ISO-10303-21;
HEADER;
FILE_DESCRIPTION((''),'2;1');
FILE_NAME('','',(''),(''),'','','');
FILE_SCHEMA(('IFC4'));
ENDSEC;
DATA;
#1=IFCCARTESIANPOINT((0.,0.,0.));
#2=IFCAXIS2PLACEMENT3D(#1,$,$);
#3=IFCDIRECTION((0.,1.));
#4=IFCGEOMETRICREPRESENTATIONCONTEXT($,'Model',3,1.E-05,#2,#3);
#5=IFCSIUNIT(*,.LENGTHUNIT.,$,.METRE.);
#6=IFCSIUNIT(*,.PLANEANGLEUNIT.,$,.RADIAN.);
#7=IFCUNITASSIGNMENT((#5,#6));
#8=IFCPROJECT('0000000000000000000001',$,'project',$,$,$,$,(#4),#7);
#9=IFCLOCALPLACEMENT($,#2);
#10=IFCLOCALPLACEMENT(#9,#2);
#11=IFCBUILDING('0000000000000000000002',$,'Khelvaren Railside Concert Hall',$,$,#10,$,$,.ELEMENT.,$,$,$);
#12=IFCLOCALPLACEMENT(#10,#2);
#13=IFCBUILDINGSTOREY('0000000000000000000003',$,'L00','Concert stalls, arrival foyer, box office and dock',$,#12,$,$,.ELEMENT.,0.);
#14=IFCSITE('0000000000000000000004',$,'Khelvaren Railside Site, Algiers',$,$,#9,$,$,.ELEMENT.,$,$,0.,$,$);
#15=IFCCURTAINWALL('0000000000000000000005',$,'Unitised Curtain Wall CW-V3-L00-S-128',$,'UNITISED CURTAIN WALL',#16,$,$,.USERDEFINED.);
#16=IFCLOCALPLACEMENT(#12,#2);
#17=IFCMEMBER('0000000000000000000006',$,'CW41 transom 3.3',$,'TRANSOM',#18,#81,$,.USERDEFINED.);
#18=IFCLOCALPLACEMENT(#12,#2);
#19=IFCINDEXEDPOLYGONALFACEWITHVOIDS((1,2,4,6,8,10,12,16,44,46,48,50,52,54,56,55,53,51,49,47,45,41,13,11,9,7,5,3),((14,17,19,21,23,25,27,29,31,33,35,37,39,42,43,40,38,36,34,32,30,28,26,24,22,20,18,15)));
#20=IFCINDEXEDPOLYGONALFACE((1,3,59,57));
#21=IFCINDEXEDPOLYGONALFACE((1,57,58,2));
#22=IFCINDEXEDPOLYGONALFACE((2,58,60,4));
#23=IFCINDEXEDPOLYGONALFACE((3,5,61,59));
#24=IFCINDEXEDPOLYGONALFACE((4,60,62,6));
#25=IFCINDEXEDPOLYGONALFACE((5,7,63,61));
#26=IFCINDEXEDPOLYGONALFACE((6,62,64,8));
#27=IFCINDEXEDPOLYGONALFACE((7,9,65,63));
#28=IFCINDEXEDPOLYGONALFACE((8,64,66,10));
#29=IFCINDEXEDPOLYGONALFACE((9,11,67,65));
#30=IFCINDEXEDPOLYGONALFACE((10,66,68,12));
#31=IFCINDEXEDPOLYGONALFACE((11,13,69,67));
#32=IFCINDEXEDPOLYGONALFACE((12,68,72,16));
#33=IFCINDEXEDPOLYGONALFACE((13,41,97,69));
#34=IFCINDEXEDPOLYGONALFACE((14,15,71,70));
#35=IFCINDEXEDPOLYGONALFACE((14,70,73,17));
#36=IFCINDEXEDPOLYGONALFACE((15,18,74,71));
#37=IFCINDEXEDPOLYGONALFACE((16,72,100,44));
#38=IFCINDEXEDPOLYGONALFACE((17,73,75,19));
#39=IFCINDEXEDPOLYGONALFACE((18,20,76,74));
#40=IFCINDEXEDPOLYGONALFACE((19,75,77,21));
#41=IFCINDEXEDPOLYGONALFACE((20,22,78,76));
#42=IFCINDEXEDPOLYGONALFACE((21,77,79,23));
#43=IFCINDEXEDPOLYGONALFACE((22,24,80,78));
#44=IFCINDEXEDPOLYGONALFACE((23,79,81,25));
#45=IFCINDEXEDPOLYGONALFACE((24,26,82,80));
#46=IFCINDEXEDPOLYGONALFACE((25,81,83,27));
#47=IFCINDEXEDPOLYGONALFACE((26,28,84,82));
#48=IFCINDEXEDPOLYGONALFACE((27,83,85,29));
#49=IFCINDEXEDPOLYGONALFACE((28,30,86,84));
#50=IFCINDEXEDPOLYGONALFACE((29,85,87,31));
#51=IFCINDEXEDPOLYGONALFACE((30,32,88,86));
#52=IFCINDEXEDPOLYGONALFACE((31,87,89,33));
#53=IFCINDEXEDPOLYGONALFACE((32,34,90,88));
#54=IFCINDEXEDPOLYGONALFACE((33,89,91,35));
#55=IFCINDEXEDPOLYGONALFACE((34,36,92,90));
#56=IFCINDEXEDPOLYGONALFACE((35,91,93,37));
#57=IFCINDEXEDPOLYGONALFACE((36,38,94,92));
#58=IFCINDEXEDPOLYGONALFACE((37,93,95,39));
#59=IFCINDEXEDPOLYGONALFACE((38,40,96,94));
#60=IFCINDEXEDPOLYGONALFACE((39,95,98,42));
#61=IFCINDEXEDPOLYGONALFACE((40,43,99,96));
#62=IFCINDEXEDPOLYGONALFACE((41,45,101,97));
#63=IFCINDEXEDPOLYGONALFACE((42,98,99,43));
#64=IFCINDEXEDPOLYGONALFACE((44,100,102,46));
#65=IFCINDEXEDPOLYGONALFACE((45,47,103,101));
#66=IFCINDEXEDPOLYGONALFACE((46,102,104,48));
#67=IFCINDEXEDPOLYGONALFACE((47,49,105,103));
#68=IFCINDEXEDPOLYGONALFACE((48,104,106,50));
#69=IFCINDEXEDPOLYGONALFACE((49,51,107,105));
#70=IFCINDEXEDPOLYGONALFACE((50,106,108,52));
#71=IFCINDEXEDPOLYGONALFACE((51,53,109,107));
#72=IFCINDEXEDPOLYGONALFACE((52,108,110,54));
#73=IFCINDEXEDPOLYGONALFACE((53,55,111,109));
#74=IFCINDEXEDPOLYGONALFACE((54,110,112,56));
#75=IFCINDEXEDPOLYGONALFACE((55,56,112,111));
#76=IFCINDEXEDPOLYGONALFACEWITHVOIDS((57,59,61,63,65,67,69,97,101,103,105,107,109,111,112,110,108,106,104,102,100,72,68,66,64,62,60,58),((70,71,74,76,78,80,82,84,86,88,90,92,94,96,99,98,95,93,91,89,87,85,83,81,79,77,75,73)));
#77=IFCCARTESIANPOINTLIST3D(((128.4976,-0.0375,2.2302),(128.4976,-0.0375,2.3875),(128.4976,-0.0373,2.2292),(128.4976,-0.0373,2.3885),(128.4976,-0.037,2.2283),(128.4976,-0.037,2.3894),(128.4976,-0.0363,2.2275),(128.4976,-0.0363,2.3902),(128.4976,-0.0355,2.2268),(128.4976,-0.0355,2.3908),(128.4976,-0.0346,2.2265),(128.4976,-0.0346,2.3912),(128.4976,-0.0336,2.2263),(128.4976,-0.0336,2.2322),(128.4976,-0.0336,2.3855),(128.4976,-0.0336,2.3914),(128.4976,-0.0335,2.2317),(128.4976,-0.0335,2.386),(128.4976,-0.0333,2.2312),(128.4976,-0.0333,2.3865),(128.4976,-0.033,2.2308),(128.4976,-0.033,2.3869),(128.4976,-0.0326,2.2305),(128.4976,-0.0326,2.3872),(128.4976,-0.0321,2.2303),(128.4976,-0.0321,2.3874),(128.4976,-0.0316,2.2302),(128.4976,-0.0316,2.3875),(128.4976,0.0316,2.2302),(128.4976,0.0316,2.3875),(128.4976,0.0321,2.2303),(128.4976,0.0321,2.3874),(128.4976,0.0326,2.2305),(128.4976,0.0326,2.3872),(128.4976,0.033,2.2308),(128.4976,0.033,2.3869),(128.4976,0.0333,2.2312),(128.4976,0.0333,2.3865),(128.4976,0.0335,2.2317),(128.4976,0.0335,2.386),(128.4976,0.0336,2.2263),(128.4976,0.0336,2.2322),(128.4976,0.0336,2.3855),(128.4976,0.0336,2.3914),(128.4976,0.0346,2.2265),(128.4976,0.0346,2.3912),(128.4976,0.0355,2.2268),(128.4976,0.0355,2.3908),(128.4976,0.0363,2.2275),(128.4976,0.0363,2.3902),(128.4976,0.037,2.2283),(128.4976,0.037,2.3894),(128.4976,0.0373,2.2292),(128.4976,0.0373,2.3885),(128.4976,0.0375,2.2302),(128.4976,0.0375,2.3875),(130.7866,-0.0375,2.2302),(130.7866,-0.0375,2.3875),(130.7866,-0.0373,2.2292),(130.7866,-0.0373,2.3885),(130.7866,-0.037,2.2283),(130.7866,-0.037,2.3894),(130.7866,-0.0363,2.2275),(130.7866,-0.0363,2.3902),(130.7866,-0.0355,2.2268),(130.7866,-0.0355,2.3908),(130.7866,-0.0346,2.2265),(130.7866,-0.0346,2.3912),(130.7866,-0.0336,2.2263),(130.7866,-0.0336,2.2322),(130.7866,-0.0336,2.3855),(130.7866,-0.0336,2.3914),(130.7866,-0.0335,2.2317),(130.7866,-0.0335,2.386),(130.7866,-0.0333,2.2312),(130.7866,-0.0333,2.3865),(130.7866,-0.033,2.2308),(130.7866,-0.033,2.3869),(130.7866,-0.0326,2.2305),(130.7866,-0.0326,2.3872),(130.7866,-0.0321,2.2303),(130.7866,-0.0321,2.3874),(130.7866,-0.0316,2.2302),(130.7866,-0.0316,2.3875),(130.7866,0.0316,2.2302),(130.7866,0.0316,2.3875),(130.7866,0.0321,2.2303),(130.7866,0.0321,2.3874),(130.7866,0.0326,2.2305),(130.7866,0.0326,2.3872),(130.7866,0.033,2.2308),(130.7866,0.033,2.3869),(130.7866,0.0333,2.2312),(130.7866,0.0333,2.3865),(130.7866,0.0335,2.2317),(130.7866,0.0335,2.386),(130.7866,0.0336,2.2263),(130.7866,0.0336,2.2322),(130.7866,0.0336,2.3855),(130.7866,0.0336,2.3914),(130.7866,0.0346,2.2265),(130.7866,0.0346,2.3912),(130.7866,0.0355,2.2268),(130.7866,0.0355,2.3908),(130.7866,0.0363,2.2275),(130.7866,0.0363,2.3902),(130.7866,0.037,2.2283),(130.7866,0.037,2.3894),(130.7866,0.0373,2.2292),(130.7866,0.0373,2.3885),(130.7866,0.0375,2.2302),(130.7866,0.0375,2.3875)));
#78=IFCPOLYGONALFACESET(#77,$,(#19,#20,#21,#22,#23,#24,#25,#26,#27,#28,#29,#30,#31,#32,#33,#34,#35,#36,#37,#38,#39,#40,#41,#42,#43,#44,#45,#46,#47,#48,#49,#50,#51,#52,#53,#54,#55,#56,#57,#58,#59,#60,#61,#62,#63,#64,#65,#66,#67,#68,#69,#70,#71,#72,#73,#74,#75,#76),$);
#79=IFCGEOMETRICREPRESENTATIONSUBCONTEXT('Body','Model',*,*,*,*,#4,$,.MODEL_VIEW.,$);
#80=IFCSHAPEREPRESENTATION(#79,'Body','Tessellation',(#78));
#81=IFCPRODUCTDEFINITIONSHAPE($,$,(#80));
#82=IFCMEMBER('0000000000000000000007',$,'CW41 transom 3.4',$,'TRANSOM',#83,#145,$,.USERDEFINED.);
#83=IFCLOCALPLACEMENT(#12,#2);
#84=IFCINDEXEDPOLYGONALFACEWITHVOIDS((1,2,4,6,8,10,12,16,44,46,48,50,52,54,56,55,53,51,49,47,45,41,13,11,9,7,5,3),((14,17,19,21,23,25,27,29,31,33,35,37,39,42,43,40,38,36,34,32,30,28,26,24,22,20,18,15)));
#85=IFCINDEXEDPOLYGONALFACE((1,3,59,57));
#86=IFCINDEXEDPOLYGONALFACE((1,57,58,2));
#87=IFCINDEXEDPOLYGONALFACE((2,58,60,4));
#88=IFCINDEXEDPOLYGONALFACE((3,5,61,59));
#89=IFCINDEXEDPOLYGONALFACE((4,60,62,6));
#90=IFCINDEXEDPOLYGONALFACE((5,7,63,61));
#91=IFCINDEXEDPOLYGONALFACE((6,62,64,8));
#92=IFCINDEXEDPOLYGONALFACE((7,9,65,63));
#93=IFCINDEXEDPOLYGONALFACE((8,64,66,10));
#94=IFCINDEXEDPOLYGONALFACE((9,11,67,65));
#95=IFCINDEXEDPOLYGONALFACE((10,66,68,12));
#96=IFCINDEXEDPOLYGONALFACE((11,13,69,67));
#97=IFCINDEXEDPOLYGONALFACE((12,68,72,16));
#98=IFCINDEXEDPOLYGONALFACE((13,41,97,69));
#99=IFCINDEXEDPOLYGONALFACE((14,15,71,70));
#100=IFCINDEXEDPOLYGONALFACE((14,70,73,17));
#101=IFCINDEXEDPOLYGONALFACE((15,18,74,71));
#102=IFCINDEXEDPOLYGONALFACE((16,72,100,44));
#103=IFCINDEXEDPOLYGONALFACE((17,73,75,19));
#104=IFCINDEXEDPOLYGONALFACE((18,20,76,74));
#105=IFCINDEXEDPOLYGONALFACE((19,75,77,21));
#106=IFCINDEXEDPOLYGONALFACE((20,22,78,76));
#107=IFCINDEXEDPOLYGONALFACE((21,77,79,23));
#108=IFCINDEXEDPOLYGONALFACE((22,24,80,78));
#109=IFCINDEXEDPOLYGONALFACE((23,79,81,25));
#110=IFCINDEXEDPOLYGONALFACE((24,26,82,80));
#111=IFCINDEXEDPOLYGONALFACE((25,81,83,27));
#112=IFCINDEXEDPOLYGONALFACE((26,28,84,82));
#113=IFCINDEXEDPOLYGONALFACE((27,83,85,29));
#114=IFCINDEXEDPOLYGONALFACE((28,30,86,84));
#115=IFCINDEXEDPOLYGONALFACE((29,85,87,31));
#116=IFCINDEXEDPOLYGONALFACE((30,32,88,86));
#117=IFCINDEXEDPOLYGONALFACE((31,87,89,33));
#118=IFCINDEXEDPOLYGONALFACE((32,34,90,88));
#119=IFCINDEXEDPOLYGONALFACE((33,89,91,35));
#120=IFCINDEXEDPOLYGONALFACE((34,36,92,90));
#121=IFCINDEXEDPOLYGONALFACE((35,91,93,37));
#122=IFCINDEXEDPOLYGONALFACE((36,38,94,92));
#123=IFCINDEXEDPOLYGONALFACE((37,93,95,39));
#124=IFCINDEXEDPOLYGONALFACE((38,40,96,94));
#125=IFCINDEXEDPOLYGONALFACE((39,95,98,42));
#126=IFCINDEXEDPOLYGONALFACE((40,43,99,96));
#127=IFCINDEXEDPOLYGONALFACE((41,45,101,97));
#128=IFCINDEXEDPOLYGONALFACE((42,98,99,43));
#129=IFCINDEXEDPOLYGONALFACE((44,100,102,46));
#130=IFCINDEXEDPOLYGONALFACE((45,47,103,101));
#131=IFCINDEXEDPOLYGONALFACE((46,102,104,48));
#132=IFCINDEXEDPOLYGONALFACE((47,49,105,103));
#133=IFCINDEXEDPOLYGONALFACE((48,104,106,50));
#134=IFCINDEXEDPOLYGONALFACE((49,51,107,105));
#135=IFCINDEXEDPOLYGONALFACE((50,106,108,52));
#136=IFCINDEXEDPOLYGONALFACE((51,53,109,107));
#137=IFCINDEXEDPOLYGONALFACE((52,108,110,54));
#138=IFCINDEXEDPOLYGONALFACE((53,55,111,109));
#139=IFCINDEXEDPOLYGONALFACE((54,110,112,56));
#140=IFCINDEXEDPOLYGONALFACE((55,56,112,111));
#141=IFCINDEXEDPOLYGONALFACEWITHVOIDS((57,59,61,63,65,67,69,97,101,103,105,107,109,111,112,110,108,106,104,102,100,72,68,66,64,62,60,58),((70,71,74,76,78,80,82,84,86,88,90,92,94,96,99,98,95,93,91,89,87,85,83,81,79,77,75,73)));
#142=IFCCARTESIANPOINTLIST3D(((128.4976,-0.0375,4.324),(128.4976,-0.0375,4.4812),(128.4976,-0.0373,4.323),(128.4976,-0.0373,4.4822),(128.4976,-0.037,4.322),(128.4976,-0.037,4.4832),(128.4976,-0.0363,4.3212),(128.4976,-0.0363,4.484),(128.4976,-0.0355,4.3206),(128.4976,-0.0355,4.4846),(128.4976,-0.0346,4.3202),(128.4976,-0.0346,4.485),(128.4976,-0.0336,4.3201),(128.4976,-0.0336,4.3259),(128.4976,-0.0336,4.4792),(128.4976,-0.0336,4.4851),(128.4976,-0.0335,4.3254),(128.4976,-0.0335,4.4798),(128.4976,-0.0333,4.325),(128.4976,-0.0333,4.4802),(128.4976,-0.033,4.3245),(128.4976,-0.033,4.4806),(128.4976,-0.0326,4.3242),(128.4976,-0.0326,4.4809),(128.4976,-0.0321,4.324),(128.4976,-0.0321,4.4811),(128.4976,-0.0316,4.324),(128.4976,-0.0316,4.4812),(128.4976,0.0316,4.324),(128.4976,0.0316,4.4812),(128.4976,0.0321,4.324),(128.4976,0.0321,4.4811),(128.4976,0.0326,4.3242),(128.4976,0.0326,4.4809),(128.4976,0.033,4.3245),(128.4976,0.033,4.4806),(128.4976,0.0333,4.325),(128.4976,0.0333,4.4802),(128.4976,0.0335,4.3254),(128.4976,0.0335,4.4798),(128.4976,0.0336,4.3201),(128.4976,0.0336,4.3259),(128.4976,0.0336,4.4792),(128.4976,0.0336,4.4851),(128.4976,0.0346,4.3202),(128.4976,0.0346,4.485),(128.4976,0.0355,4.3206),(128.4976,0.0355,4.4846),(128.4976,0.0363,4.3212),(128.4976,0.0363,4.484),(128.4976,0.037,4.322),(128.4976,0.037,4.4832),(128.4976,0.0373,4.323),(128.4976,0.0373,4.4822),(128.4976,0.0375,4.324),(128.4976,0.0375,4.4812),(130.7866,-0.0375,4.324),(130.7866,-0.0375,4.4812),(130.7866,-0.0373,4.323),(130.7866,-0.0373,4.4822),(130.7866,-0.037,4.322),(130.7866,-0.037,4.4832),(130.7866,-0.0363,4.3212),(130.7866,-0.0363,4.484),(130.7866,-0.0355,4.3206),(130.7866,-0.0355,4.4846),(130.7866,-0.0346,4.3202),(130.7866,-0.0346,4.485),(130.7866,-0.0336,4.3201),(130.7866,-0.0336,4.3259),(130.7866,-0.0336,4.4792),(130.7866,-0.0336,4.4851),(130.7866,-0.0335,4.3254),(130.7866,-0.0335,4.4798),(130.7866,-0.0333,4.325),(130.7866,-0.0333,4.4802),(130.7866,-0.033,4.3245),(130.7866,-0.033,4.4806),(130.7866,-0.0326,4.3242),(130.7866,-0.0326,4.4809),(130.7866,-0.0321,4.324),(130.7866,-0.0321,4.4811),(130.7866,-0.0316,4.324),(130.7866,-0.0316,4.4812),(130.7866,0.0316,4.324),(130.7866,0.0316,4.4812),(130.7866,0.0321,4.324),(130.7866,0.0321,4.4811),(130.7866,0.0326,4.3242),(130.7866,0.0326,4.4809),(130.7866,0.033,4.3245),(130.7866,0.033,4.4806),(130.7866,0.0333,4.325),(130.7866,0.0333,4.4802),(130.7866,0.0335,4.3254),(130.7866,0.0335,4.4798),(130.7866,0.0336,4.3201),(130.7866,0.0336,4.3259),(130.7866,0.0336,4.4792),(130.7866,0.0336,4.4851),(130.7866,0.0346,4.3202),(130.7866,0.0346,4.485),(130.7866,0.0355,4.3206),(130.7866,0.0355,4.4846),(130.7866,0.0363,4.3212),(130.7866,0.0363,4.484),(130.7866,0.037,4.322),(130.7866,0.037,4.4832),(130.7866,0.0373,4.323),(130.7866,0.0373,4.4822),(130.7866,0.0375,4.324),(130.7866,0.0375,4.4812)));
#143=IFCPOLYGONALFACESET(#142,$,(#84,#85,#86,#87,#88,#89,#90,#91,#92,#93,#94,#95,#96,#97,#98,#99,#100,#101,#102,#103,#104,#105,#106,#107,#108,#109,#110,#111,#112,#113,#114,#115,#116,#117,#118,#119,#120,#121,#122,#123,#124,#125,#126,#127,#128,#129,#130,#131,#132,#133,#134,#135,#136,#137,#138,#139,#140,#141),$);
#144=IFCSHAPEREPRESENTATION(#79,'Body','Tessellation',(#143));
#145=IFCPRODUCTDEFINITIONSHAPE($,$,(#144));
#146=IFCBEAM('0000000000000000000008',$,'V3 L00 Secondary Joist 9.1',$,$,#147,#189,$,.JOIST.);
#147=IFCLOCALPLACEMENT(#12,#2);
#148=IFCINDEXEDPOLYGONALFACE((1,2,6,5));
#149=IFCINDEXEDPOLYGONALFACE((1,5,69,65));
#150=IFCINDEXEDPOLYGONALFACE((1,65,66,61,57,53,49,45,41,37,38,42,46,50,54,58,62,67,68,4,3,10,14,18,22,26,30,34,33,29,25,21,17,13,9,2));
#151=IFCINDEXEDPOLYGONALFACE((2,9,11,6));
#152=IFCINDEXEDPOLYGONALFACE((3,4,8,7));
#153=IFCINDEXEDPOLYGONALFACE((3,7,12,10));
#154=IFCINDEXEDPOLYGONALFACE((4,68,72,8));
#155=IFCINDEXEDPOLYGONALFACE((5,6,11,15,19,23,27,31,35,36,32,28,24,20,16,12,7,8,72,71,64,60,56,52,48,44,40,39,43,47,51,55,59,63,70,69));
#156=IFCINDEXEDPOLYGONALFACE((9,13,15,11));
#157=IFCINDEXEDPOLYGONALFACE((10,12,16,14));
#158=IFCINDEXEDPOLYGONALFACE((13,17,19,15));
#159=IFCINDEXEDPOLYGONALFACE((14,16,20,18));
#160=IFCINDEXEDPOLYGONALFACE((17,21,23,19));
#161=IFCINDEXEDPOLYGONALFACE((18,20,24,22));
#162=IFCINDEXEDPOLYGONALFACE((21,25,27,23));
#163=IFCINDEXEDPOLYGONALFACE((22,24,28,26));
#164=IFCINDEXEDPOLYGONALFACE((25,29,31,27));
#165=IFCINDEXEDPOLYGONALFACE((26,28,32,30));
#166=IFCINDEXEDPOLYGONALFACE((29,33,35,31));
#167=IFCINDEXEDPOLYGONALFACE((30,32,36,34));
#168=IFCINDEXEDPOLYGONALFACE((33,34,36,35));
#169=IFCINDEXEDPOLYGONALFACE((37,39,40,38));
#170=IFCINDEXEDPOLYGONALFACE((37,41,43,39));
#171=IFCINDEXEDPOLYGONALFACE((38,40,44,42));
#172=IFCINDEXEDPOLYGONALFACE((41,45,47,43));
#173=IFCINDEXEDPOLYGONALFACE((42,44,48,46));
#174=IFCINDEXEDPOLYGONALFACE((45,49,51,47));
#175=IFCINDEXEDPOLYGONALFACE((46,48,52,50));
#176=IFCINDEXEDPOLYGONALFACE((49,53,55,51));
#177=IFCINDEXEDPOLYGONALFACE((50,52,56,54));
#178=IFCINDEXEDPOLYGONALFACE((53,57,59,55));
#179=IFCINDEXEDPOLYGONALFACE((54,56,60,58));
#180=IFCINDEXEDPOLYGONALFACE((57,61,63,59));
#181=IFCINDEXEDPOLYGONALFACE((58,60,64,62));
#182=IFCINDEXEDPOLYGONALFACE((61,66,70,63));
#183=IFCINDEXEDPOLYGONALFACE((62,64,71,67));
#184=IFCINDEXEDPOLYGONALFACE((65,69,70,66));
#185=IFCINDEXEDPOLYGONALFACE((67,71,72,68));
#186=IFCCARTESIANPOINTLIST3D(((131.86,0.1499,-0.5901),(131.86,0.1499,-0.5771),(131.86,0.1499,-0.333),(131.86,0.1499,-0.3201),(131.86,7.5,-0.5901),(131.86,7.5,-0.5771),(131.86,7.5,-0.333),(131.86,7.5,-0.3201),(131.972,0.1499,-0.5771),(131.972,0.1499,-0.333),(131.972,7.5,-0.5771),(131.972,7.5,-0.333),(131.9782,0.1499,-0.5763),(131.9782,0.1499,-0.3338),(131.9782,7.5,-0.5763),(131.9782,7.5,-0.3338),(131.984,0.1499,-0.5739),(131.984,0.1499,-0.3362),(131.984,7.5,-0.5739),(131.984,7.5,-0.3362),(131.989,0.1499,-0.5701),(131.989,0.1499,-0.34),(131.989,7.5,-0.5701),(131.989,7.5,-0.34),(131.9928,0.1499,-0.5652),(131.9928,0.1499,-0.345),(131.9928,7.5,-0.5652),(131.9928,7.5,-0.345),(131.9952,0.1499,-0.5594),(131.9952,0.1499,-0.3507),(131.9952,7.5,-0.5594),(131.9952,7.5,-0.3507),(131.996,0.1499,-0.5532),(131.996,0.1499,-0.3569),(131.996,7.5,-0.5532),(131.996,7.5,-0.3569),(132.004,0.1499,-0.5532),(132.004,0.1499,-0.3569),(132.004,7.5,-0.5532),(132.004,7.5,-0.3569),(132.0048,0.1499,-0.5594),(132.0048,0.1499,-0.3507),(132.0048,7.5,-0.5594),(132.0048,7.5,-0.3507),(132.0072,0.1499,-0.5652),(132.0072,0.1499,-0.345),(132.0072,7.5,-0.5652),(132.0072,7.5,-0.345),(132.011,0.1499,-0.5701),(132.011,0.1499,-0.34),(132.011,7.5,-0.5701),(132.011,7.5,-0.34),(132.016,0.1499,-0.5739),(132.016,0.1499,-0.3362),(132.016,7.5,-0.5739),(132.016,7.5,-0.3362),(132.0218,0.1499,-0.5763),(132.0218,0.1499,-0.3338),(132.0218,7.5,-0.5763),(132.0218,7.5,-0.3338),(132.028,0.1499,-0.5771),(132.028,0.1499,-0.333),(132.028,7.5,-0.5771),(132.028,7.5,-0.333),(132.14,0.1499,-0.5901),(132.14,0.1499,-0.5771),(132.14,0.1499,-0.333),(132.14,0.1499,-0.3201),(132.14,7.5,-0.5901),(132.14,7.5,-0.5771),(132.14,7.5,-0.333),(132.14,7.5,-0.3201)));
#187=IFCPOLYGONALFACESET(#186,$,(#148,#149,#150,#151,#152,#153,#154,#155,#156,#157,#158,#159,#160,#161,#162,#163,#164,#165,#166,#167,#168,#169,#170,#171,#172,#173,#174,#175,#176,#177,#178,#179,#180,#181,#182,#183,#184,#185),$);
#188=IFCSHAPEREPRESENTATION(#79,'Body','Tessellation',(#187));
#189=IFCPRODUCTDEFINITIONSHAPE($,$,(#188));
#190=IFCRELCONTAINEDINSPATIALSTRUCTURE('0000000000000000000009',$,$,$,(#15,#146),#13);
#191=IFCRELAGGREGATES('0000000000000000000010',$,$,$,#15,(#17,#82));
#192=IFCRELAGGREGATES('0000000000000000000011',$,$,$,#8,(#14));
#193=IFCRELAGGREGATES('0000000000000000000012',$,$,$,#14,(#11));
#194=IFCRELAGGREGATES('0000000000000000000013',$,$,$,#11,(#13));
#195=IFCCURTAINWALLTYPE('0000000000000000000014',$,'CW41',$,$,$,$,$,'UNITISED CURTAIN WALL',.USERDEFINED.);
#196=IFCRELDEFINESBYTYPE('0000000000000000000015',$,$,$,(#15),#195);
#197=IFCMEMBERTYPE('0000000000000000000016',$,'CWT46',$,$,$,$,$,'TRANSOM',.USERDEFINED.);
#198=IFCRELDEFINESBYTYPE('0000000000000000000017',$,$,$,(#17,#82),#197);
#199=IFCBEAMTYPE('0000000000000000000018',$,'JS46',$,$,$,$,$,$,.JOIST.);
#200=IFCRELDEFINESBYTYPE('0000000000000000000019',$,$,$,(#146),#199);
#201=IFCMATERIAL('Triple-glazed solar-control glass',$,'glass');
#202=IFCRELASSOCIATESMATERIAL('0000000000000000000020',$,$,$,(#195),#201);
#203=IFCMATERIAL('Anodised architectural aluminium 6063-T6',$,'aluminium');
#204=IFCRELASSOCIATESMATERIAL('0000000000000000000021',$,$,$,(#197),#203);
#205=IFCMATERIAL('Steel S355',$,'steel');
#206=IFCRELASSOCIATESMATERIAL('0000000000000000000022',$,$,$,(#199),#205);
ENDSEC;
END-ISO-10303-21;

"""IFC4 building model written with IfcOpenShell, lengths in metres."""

from ifc_helpers import new_model, si_unit, direction, frame, origin, origin_2d, place, context, subcontext, project, spatial, hollow_rectangle, i_section, extrude, material, material_profile, profile_set, type_object, element, aggregate, save


model = new_model("IFC4")

# Units and contexts
model_context = context("Model", 3, precision=1e-05, world=origin(), true_north=direction((0.0, 1.0)))
body_context = subcontext(model_context, "Body", "Model", "MODEL_VIEW")
ifc_project = project(units=[si_unit("LENGTHUNIT", "METRE"), si_unit("PLANEANGLEUNIT", "RADIAN")], contexts=[model_context])

# Site, building, storey
site_placement = place(None, origin())
site = spatial("IfcSite", under=ifc_project, at=site_placement, Name="Khelvaren Railside Site, Algiers", CompositionType="ELEMENT", RefElevation=0.0)
building_placement = place(site_placement, origin())
building = spatial("IfcBuilding", under=site, at=building_placement, Name="Khelvaren Railside Concert Hall", CompositionType="ELEMENT")
storey_placement = place(building_placement, origin())
storey = spatial("IfcBuildingStorey", under=building, at=storey_placement, Name="L00", Description="Concert stalls, arrival foyer, box office and dock", CompositionType="ELEMENT", Elevation=0.0)

# Shared definitions
ifc_material_1 = material(Name="Steel S355", Category="steel")

# Curtain wall, members
ifc_material_2 = material(Name="Triple-glazed solar-control glass", Category="glass")
curtain_wall_type = type_object("IfcCurtainWallType", Name="CW41", ElementType="UNITISED CURTAIN WALL", PredefinedType="USERDEFINED", material=ifc_material_2)
curtain_wall_placement = place(storey_placement, origin())
curtain_wall = element("IfcCurtainWall", 1, at=curtain_wall_placement, inside=storey, type_object=curtain_wall_type, Name="Unitised Curtain Wall CW-V3-L00-S-128", ObjectType="UNITISED CURTAIN WALL", PredefinedType="USERDEFINED")
ifc_material_3 = material(Name="Anodised architectural aluminium 6063-T6", Category="aluminium")
ifc_material_profile_1 = material_profile(ifc_material_3, hollow_rectangle(XDim=0.075, YDim=0.165, WallThickness=0.0039, InnerFilletRadius=0.002, OuterFilletRadius=0.0039, at=origin_2d()), Name="CWT 75x165x4")
ifc_profile_set_1 = profile_set([ifc_material_profile_1], Name="Anodised architectural aluminium 6063-T6")
member_type_1 = type_object("IfcMemberType", Name="CWT46", ElementType="TRANSOM", PredefinedType="USERDEFINED", material=ifc_profile_set_1)
member_1_placement = place(storey_placement, frame((130.7866, 0.0, 2.3088), z_axis=(-1.0, 0.0, 0.0), x_axis=(0.0, -1.0, 0.0)))
member_1 = element("IfcMember", 2, at=member_1_placement, type_object=member_type_1, Name="CW41 transom 3.3", ObjectType="TRANSOM", PredefinedType="USERDEFINED", context=body_context, shape_type="SweptSolid", body=[
    extrude(hollow_rectangle(XDim=0.075, YDim=0.165, WallThickness=0.0039, InnerFilletRadius=0.002, OuterFilletRadius=0.0039, at=origin_2d()), origin(), (0.0, 0.0, 1.0), 2.2891),
])
member_2_placement = place(storey_placement, frame((130.7866, 0.0, 4.4026), z_axis=(-1.0, 0.0, 0.0), x_axis=(0.0, -1.0, 0.0)))
member_2 = element("IfcMember", 3, at=member_2_placement, type_object=member_type_1, Name="CW41 transom 3.4", ObjectType="TRANSOM", PredefinedType="USERDEFINED", context=body_context, shape_type="SweptSolid", body=[
    extrude(hollow_rectangle(XDim=0.075, YDim=0.165, WallThickness=0.0039, InnerFilletRadius=0.002, OuterFilletRadius=0.0039, at=origin_2d()), origin(), (0.0, 0.0, 1.0), 2.2891),
])

# Beam
ifc_material_profile_2 = material_profile(ifc_material_1, i_section(OverallWidth=0.28, OverallDepth=0.27, WebThickness=0.0081, FlangeThickness=0.0129, FilletRadius=0.0239, at=origin_2d()), Name="HEA 280")
ifc_profile_set_2 = profile_set([ifc_material_profile_2], Name="Steel S355")
beam_type_1 = type_object("IfcBeamType", Name="JS46", PredefinedType="JOIST", material=ifc_profile_set_2)
beam_1_placement = place(storey_placement, frame((132.0, 0.1499, -0.4551), z_axis=(0.0, 1.0, 0.0), x_axis=(-1.0, 0.0, 0.0)))
element("IfcBeam", 4, at=beam_1_placement, inside=storey, type_object=beam_type_1, Name="V3 L00 Secondary Joist 9.1", PredefinedType="JOIST", context=body_context, shape_type="SweptSolid", body=[
    extrude(i_section(OverallWidth=0.28, OverallDepth=0.27, WebThickness=0.0081, FlangeThickness=0.0129, FilletRadius=0.0239, at=origin_2d()), origin(), (0.0, 0.0, 1.0), 7.3501),
])

aggregate(curtain_wall, [member_1, member_2])

save(model, "model.ifc")
